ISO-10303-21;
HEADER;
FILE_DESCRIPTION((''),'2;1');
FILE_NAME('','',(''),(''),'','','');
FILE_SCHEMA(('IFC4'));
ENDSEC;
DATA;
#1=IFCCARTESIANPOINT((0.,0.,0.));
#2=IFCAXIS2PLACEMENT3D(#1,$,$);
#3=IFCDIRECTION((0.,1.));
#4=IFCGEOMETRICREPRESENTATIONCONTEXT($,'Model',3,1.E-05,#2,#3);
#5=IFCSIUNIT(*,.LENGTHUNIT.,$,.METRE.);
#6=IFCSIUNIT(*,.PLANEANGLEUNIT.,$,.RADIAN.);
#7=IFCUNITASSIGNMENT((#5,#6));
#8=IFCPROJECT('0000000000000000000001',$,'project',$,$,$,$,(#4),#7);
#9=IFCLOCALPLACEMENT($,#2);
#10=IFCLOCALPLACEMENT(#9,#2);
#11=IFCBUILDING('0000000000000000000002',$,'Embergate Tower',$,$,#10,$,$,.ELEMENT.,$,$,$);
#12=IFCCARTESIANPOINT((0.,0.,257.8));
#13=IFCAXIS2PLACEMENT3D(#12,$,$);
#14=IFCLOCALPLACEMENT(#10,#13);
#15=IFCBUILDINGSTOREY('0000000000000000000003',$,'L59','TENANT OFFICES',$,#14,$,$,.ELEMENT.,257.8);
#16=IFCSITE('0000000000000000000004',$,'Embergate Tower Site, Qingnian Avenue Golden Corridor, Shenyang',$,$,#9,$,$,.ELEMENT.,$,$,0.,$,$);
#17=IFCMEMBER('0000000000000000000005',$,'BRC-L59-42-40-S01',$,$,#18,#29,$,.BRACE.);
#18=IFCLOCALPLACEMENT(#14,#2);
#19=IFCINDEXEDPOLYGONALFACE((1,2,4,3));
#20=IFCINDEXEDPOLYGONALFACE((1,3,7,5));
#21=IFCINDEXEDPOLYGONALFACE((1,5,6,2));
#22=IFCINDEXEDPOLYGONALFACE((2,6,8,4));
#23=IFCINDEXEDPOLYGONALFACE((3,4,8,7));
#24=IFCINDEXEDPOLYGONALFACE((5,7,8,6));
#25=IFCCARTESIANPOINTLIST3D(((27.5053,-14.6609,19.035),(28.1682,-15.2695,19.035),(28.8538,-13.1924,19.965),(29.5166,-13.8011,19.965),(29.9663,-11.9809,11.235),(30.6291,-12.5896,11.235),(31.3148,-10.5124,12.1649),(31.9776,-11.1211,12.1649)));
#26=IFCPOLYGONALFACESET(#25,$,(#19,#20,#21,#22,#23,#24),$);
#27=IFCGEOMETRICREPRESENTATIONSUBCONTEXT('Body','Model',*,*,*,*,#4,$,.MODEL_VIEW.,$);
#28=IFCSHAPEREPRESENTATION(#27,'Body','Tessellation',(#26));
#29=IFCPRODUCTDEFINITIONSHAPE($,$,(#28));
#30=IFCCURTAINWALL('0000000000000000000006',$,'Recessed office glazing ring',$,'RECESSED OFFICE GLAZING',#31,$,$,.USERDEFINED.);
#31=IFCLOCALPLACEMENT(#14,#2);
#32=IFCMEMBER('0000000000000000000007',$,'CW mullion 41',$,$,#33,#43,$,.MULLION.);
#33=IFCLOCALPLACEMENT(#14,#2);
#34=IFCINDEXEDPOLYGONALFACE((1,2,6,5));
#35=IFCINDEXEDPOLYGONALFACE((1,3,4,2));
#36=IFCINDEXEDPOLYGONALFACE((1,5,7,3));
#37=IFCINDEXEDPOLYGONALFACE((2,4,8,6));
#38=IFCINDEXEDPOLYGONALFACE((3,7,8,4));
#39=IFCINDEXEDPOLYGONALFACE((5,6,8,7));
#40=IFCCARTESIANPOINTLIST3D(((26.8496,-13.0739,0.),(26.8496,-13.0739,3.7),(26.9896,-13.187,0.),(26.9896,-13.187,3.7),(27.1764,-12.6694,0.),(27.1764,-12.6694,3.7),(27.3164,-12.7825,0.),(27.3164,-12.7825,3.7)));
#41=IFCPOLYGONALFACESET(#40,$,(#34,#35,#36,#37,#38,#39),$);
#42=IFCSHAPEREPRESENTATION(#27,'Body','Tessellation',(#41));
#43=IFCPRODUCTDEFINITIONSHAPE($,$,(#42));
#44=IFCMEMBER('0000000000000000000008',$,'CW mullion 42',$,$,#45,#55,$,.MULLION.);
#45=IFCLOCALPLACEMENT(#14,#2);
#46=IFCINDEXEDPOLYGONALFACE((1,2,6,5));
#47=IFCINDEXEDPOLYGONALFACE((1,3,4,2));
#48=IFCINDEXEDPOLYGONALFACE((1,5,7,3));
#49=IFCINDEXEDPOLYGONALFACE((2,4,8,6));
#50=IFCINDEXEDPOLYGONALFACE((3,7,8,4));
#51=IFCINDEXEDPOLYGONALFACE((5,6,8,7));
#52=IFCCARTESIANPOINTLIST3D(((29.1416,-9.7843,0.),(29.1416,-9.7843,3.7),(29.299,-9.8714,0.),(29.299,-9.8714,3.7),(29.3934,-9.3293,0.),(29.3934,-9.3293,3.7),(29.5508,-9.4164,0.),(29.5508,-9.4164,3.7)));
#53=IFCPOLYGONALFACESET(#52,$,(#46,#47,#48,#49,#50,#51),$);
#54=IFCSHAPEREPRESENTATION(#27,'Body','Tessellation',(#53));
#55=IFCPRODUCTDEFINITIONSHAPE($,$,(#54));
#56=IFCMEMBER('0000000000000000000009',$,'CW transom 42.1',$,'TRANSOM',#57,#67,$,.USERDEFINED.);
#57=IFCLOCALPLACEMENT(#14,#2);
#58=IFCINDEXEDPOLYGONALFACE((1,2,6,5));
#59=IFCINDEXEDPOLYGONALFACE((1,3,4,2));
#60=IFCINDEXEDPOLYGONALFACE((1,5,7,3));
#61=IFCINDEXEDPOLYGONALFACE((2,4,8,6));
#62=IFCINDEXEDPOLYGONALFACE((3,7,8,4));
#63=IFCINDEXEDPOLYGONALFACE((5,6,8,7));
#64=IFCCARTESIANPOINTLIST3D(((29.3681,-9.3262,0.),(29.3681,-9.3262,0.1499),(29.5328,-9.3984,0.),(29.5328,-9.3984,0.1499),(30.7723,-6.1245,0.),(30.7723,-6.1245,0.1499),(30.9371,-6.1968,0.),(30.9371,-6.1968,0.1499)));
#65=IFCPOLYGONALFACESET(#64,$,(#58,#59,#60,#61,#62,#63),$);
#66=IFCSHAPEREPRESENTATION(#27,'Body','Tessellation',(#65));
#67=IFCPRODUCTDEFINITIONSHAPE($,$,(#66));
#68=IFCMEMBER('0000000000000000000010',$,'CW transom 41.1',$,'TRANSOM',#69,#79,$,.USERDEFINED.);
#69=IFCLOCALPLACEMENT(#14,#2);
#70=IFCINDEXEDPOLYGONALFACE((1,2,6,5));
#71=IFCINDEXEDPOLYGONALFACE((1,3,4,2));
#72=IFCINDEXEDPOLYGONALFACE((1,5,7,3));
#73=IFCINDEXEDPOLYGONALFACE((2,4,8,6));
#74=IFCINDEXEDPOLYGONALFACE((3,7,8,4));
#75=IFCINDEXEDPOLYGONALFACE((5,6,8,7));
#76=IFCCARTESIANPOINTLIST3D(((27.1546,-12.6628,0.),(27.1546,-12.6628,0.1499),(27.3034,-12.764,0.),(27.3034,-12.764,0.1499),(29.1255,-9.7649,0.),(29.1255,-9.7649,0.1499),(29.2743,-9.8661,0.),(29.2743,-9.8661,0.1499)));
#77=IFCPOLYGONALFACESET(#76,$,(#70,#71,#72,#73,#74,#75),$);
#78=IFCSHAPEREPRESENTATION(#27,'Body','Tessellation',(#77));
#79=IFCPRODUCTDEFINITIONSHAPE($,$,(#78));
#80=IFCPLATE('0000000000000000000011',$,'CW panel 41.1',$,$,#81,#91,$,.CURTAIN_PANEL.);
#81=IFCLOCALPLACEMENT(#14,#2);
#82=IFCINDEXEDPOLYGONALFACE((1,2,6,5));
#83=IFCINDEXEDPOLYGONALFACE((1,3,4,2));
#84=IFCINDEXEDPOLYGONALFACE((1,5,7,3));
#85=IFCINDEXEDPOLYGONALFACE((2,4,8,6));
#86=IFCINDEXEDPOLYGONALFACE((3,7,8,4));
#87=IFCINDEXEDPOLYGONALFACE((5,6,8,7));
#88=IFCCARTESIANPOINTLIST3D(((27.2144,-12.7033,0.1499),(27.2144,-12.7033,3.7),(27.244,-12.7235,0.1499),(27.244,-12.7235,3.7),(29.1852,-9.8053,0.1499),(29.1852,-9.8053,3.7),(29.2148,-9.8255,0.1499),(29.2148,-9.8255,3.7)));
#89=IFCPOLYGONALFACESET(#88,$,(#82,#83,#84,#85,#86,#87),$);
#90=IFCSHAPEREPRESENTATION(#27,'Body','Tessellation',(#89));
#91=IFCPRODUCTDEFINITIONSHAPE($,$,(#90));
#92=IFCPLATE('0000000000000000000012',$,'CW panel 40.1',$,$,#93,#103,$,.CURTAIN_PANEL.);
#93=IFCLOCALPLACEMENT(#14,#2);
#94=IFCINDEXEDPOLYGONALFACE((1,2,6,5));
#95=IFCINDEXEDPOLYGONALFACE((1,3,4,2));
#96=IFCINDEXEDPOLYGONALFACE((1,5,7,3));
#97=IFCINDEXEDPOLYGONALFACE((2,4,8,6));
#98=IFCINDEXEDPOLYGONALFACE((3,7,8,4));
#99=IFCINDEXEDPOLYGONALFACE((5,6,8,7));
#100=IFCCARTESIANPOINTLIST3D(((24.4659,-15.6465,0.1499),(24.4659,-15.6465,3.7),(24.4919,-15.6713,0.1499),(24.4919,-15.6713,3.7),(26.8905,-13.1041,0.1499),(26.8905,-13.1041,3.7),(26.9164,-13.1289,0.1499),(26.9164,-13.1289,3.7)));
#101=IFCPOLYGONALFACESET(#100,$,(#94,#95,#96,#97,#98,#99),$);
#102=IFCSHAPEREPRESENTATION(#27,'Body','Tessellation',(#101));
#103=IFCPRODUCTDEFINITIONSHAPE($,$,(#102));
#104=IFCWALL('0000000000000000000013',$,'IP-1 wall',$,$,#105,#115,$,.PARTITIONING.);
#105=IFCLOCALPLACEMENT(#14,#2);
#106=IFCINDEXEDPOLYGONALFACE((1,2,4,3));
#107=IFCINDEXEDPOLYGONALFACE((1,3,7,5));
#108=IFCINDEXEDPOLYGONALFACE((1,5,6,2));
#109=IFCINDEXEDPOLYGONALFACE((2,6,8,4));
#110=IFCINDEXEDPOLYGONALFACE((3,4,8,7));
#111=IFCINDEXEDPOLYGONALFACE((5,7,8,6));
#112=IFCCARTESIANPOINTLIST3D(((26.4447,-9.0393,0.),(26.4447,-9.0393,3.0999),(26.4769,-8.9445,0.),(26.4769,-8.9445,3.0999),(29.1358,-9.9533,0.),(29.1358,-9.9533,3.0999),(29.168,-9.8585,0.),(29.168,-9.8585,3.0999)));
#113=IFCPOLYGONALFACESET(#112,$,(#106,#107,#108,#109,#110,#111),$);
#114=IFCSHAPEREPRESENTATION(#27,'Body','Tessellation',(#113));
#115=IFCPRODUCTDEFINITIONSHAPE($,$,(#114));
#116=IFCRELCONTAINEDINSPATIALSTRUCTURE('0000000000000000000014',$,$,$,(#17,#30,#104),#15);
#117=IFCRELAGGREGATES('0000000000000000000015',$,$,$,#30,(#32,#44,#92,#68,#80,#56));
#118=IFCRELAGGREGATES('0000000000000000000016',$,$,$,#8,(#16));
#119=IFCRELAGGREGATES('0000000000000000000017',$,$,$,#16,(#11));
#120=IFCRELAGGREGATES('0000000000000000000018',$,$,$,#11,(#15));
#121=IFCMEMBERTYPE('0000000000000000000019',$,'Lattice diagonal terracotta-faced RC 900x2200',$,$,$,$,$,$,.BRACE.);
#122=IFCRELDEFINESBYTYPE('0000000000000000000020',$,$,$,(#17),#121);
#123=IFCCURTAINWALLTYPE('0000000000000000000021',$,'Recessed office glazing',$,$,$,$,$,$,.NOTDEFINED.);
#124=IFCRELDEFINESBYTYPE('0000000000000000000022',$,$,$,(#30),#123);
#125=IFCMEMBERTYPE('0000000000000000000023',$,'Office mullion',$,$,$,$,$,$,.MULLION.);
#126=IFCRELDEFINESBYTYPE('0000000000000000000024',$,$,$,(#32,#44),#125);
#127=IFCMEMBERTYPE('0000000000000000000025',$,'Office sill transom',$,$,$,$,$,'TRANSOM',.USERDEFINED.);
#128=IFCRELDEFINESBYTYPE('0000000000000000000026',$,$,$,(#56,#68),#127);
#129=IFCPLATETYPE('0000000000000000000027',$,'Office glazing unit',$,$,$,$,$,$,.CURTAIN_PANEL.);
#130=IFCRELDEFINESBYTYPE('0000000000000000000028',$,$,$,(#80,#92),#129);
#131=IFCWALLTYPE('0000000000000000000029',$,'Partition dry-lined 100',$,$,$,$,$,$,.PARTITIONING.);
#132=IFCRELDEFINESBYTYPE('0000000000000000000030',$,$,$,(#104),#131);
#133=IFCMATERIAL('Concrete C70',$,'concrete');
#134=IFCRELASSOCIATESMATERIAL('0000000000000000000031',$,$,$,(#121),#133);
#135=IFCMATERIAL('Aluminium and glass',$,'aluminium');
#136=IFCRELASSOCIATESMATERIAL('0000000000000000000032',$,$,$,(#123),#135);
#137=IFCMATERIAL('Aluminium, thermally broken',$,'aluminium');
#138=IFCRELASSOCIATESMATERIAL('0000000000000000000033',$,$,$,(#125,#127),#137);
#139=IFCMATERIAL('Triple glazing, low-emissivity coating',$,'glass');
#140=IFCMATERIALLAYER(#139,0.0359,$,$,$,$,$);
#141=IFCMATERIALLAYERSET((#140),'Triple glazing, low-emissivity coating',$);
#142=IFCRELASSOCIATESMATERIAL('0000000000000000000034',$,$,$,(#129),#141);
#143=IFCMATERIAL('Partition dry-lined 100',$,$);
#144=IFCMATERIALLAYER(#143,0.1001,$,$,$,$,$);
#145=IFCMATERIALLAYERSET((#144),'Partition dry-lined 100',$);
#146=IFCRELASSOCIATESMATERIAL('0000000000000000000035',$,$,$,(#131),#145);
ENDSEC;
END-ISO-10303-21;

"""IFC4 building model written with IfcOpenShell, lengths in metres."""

from ifc_helpers import new_model, si_unit, direction, frame, frame_2d, origin, origin_2d, place, context, subcontext, project, spatial, rectangle, extrude, source, transform, mapped, material, layer, layer_set, material_profile, profile_set, type_object, element, aggregate, save


model = new_model("IFC4")

# Units and contexts
model_context = context("Model", 3, precision=1e-05, world=origin(), true_north=direction((0.0, 1.0)))
body_context = subcontext(model_context, "Body", "Model", "MODEL_VIEW")
ifc_project = project(units=[si_unit("LENGTHUNIT", "METRE"), si_unit("PLANEANGLEUNIT", "RADIAN")], contexts=[model_context])

# Site, building, storey
site_placement = place(None, origin())
site = spatial("IfcSite", under=ifc_project, at=site_placement, Name="Embergate Tower Site, Qingnian Avenue Golden Corridor, Shenyang", CompositionType="ELEMENT", RefElevation=0.0)
building_placement = place(site_placement, origin())
building = spatial("IfcBuilding", under=site, at=building_placement, Name="Embergate Tower", CompositionType="ELEMENT")
storey_placement = place(building_placement, frame((0.0, 0.0, 257.8)))
storey = spatial("IfcBuildingStorey", under=building, at=storey_placement, Name="L59", Description="TENANT OFFICES", CompositionType="ELEMENT", Elevation=257.8)

# Member
ifc_material_1 = material(Name="Concrete C70", Category="concrete")
ifc_material_profile_1 = material_profile(ifc_material_1, rectangle(XDim=0.8999, YDim=2.2, at=origin_2d()), Name="RC 900x2200")
ifc_profile_set_1 = profile_set([ifc_material_profile_1], Name="Concrete C70")
member_type_1 = type_object("IfcMemberType", Name="Lattice diagonal terracotta-faced RC 900x2200", PredefinedType="BRACE", material=ifc_profile_set_1)
shared_shape_1 = source(origin(), body_context, "Body", "SweptSolid", [
    extrude(rectangle(XDim=0.8999, YDim=2.2, at=origin_2d()), origin(), (0.0, 0.0, 1.0), 8.6069),
])
member_1_placement = place(storey_placement, frame((30.9719, -11.551, 11.7), z_axis=(-0.285926, -0.31137, 0.906254), x_axis=(0.736561, -0.676372, 0.0)))
element("IfcMember", 1, at=member_1_placement, inside=storey, type_object=member_type_1, Name="BRC-L59-42-40-S01", PredefinedType="BRACE", context=body_context, shape_type="MappedRepresentation", body=[
    mapped(shared_shape_1, transform((0.0, 0.0, 0.0))),
])

# Curtain wall, members, plates
ifc_material_2 = material(Name="Aluminium and glass", Category="aluminium")
curtain_wall_type = type_object("IfcCurtainWallType", Name="Recessed office glazing", PredefinedType="NOTDEFINED", material=ifc_material_2)
curtain_wall_placement = place(storey_placement, origin())
curtain_wall = element("IfcCurtainWall", 2, at=curtain_wall_placement, inside=storey, type_object=curtain_wall_type, Name="Recessed office glazing ring", ObjectType="RECESSED OFFICE GLAZING", PredefinedType="USERDEFINED")
ifc_material_3 = material(Name="Aluminium, thermally broken", Category="aluminium")
ifc_material_profile_2 = material_profile(ifc_material_3, rectangle(XDim=0.1799, YDim=0.52, at=origin_2d()), Name="AL 520x180")
ifc_profile_set_2 = profile_set([ifc_material_profile_2], Name="Aluminium, thermally broken")
member_type_2 = type_object("IfcMemberType", Name="Office mullion", PredefinedType="MULLION", material=ifc_profile_set_2)
shared_shape_2 = source(origin(), body_context, "Body", "SweptSolid", [
    extrude(rectangle(XDim=0.1799, YDim=0.52, at=origin_2d()), origin(), (0.0, 0.0, 1.0), 3.7),
])
member_2_placement = place(storey_placement, frame((27.083, -12.9282, 0.0), z_axis=(0.0, 0.0, 1.0), x_axis=(-0.777864, 0.628433, 0.0)))
member_2 = element("IfcMember", 3, at=member_2_placement, type_object=member_type_2, Name="CW mullion 41", PredefinedType="MULLION", context=body_context, shape_type="MappedRepresentation", body=[
    mapped(shared_shape_2, transform((0.0, 0.0, 0.0))),
])
member_3_placement = place(storey_placement, frame((29.3462, -9.6003, 0.0), z_axis=(0.0, 0.0, 1.0), x_axis=(-0.874994, 0.484133, 0.0)))
member_3 = element("IfcMember", 4, at=member_3_placement, type_object=member_type_2, Name="CW mullion 42", PredefinedType="MULLION", context=body_context, shape_type="MappedRepresentation", body=[
    mapped(shared_shape_2, transform((0.0, 0.0, 0.0))),
])
ifc_material_profile_3 = material_profile(ifc_material_3, rectangle(XDim=0.1799, YDim=0.1499, at=origin_2d()), Name="AL 150x180")
ifc_profile_set_3 = profile_set([ifc_material_profile_3], Name="Aluminium, thermally broken")
member_type_3 = type_object("IfcMemberType", Name="Office sill transom", ElementType="TRANSOM", PredefinedType="USERDEFINED", material=ifc_profile_set_3)
shared_shape_3 = source(origin(), body_context, "Body", "SweptSolid", [
    extrude(rectangle(XDim=0.1799, YDim=0.1499, at=origin_2d()), origin(), (0.0, 0.0, 1.0), 3.4961),
])
member_4_placement = place(storey_placement, frame((29.4504, -9.3623, 0.075), z_axis=(0.401676, 0.915782, 0.0), x_axis=(-0.915782, 0.401676, 0.0)))
member_4 = element("IfcMember", 5, at=member_4_placement, type_object=member_type_3, Name="CW transom 42.1", ObjectType="TRANSOM", PredefinedType="USERDEFINED", context=body_context, shape_type="MappedRepresentation", body=[
    mapped(shared_shape_3, transform((0.0, 0.0, 0.0))),
])
shared_shape_4 = source(origin(), body_context, "Body", "SweptSolid", [
    extrude(rectangle(XDim=0.1799, YDim=0.1499, at=origin_2d()), origin(), (0.0, 0.0, 1.0), 3.5046),
])
member_5_placement = place(storey_placement, frame((27.229, -12.7134, 0.075), z_axis=(0.562377, 0.826881, 0.0), x_axis=(-0.826881, 0.562377, 0.0)))
member_5 = element("IfcMember", 6, at=member_5_placement, type_object=member_type_3, Name="CW transom 41.1", ObjectType="TRANSOM", PredefinedType="USERDEFINED", context=body_context, shape_type="MappedRepresentation", body=[
    mapped(shared_shape_4, transform((0.0, 0.0, 0.0))),
])
ifc_material_4 = material(Name="Triple glazing, low-emissivity coating", Category="glass")
ifc_layer_1 = layer(ifc_material_4, 0.0359)
ifc_layer_set_1 = layer_set([ifc_layer_1], Name="Triple glazing, low-emissivity coating")
plate_type = type_object("IfcPlateType", Name="Office glazing unit", PredefinedType="CURTAIN_PANEL", material=ifc_layer_set_1)
shared_shape_5 = source(origin(), body_context, "Body", "SweptSolid", [
    extrude(rectangle(XDim=3.5046, YDim=0.0359, at=origin_2d()), origin(), (0.0, 0.0, 1.0), 3.55),
])
plate_1_placement = place(storey_placement, frame((28.2146, -11.2644, 0.1499), z_axis=(0.0, 0.0, 1.0), x_axis=(0.562346, 0.826902, 0.0)))
plate_1 = element("IfcPlate", 7, at=plate_1_placement, type_object=plate_type, Name="CW panel 41.1", PredefinedType="CURTAIN_PANEL", context=body_context, shape_type="MappedRepresentation", body=[
    mapped(shared_shape_5, transform((0.0, 0.0, 0.0))),
])
shared_shape_6 = source(origin(), body_context, "Body", "SweptSolid", [
    extrude(rectangle(XDim=3.5132, YDim=0.0359, at=origin_2d()), origin(), (0.0, 0.0, 1.0), 3.55),
])
plate_2_placement = place(storey_placement, frame((25.6912, -14.3877, 0.1499), z_axis=(0.0, 0.0, 1.0), x_axis=(0.690138, 0.723678, 0.0)))
plate_2 = element("IfcPlate", 8, at=plate_2_placement, type_object=plate_type, Name="CW panel 40.1", PredefinedType="CURTAIN_PANEL", context=body_context, shape_type="MappedRepresentation", body=[
    mapped(shared_shape_6, transform((0.0, 0.0, 0.0))),
])
aggregate(curtain_wall, [member_2, member_3, plate_2, member_5, plate_1, member_4])

# Wall
ifc_material_5 = material(Name="Partition dry-lined 100")
ifc_layer_2 = layer(ifc_material_5, 0.1001)
ifc_layer_set_2 = layer_set([ifc_layer_2], Name="Partition dry-lined 100")
wall_type = type_object("IfcWallType", Name="Partition dry-lined 100", PredefinedType="PARTITIONING", material=ifc_layer_set_2)
shared_shape_7 = source(origin(), body_context, "Body", "SweptSolid", [
    extrude(rectangle(XDim=2.842, YDim=0.1001, at=frame_2d((1.4209, 0.0))), origin(), (0.0, 0.0, 1.0), 3.0999),
])
wall_placement = place(storey_placement, frame((26.4609, -8.9919, 0.0), z_axis=(0.0, 0.0, 1.0), x_axis=(0.946873, -0.321609, 0.0)))
element("IfcWall", 9, at=wall_placement, inside=storey, type_object=wall_type, Name="IP-1 wall", PredefinedType="PARTITIONING", context=body_context, shape_type="MappedRepresentation", body=[
    mapped(shared_shape_7, transform((0.0, 0.0, 0.0))),
])

save(model, "model.ifc")
